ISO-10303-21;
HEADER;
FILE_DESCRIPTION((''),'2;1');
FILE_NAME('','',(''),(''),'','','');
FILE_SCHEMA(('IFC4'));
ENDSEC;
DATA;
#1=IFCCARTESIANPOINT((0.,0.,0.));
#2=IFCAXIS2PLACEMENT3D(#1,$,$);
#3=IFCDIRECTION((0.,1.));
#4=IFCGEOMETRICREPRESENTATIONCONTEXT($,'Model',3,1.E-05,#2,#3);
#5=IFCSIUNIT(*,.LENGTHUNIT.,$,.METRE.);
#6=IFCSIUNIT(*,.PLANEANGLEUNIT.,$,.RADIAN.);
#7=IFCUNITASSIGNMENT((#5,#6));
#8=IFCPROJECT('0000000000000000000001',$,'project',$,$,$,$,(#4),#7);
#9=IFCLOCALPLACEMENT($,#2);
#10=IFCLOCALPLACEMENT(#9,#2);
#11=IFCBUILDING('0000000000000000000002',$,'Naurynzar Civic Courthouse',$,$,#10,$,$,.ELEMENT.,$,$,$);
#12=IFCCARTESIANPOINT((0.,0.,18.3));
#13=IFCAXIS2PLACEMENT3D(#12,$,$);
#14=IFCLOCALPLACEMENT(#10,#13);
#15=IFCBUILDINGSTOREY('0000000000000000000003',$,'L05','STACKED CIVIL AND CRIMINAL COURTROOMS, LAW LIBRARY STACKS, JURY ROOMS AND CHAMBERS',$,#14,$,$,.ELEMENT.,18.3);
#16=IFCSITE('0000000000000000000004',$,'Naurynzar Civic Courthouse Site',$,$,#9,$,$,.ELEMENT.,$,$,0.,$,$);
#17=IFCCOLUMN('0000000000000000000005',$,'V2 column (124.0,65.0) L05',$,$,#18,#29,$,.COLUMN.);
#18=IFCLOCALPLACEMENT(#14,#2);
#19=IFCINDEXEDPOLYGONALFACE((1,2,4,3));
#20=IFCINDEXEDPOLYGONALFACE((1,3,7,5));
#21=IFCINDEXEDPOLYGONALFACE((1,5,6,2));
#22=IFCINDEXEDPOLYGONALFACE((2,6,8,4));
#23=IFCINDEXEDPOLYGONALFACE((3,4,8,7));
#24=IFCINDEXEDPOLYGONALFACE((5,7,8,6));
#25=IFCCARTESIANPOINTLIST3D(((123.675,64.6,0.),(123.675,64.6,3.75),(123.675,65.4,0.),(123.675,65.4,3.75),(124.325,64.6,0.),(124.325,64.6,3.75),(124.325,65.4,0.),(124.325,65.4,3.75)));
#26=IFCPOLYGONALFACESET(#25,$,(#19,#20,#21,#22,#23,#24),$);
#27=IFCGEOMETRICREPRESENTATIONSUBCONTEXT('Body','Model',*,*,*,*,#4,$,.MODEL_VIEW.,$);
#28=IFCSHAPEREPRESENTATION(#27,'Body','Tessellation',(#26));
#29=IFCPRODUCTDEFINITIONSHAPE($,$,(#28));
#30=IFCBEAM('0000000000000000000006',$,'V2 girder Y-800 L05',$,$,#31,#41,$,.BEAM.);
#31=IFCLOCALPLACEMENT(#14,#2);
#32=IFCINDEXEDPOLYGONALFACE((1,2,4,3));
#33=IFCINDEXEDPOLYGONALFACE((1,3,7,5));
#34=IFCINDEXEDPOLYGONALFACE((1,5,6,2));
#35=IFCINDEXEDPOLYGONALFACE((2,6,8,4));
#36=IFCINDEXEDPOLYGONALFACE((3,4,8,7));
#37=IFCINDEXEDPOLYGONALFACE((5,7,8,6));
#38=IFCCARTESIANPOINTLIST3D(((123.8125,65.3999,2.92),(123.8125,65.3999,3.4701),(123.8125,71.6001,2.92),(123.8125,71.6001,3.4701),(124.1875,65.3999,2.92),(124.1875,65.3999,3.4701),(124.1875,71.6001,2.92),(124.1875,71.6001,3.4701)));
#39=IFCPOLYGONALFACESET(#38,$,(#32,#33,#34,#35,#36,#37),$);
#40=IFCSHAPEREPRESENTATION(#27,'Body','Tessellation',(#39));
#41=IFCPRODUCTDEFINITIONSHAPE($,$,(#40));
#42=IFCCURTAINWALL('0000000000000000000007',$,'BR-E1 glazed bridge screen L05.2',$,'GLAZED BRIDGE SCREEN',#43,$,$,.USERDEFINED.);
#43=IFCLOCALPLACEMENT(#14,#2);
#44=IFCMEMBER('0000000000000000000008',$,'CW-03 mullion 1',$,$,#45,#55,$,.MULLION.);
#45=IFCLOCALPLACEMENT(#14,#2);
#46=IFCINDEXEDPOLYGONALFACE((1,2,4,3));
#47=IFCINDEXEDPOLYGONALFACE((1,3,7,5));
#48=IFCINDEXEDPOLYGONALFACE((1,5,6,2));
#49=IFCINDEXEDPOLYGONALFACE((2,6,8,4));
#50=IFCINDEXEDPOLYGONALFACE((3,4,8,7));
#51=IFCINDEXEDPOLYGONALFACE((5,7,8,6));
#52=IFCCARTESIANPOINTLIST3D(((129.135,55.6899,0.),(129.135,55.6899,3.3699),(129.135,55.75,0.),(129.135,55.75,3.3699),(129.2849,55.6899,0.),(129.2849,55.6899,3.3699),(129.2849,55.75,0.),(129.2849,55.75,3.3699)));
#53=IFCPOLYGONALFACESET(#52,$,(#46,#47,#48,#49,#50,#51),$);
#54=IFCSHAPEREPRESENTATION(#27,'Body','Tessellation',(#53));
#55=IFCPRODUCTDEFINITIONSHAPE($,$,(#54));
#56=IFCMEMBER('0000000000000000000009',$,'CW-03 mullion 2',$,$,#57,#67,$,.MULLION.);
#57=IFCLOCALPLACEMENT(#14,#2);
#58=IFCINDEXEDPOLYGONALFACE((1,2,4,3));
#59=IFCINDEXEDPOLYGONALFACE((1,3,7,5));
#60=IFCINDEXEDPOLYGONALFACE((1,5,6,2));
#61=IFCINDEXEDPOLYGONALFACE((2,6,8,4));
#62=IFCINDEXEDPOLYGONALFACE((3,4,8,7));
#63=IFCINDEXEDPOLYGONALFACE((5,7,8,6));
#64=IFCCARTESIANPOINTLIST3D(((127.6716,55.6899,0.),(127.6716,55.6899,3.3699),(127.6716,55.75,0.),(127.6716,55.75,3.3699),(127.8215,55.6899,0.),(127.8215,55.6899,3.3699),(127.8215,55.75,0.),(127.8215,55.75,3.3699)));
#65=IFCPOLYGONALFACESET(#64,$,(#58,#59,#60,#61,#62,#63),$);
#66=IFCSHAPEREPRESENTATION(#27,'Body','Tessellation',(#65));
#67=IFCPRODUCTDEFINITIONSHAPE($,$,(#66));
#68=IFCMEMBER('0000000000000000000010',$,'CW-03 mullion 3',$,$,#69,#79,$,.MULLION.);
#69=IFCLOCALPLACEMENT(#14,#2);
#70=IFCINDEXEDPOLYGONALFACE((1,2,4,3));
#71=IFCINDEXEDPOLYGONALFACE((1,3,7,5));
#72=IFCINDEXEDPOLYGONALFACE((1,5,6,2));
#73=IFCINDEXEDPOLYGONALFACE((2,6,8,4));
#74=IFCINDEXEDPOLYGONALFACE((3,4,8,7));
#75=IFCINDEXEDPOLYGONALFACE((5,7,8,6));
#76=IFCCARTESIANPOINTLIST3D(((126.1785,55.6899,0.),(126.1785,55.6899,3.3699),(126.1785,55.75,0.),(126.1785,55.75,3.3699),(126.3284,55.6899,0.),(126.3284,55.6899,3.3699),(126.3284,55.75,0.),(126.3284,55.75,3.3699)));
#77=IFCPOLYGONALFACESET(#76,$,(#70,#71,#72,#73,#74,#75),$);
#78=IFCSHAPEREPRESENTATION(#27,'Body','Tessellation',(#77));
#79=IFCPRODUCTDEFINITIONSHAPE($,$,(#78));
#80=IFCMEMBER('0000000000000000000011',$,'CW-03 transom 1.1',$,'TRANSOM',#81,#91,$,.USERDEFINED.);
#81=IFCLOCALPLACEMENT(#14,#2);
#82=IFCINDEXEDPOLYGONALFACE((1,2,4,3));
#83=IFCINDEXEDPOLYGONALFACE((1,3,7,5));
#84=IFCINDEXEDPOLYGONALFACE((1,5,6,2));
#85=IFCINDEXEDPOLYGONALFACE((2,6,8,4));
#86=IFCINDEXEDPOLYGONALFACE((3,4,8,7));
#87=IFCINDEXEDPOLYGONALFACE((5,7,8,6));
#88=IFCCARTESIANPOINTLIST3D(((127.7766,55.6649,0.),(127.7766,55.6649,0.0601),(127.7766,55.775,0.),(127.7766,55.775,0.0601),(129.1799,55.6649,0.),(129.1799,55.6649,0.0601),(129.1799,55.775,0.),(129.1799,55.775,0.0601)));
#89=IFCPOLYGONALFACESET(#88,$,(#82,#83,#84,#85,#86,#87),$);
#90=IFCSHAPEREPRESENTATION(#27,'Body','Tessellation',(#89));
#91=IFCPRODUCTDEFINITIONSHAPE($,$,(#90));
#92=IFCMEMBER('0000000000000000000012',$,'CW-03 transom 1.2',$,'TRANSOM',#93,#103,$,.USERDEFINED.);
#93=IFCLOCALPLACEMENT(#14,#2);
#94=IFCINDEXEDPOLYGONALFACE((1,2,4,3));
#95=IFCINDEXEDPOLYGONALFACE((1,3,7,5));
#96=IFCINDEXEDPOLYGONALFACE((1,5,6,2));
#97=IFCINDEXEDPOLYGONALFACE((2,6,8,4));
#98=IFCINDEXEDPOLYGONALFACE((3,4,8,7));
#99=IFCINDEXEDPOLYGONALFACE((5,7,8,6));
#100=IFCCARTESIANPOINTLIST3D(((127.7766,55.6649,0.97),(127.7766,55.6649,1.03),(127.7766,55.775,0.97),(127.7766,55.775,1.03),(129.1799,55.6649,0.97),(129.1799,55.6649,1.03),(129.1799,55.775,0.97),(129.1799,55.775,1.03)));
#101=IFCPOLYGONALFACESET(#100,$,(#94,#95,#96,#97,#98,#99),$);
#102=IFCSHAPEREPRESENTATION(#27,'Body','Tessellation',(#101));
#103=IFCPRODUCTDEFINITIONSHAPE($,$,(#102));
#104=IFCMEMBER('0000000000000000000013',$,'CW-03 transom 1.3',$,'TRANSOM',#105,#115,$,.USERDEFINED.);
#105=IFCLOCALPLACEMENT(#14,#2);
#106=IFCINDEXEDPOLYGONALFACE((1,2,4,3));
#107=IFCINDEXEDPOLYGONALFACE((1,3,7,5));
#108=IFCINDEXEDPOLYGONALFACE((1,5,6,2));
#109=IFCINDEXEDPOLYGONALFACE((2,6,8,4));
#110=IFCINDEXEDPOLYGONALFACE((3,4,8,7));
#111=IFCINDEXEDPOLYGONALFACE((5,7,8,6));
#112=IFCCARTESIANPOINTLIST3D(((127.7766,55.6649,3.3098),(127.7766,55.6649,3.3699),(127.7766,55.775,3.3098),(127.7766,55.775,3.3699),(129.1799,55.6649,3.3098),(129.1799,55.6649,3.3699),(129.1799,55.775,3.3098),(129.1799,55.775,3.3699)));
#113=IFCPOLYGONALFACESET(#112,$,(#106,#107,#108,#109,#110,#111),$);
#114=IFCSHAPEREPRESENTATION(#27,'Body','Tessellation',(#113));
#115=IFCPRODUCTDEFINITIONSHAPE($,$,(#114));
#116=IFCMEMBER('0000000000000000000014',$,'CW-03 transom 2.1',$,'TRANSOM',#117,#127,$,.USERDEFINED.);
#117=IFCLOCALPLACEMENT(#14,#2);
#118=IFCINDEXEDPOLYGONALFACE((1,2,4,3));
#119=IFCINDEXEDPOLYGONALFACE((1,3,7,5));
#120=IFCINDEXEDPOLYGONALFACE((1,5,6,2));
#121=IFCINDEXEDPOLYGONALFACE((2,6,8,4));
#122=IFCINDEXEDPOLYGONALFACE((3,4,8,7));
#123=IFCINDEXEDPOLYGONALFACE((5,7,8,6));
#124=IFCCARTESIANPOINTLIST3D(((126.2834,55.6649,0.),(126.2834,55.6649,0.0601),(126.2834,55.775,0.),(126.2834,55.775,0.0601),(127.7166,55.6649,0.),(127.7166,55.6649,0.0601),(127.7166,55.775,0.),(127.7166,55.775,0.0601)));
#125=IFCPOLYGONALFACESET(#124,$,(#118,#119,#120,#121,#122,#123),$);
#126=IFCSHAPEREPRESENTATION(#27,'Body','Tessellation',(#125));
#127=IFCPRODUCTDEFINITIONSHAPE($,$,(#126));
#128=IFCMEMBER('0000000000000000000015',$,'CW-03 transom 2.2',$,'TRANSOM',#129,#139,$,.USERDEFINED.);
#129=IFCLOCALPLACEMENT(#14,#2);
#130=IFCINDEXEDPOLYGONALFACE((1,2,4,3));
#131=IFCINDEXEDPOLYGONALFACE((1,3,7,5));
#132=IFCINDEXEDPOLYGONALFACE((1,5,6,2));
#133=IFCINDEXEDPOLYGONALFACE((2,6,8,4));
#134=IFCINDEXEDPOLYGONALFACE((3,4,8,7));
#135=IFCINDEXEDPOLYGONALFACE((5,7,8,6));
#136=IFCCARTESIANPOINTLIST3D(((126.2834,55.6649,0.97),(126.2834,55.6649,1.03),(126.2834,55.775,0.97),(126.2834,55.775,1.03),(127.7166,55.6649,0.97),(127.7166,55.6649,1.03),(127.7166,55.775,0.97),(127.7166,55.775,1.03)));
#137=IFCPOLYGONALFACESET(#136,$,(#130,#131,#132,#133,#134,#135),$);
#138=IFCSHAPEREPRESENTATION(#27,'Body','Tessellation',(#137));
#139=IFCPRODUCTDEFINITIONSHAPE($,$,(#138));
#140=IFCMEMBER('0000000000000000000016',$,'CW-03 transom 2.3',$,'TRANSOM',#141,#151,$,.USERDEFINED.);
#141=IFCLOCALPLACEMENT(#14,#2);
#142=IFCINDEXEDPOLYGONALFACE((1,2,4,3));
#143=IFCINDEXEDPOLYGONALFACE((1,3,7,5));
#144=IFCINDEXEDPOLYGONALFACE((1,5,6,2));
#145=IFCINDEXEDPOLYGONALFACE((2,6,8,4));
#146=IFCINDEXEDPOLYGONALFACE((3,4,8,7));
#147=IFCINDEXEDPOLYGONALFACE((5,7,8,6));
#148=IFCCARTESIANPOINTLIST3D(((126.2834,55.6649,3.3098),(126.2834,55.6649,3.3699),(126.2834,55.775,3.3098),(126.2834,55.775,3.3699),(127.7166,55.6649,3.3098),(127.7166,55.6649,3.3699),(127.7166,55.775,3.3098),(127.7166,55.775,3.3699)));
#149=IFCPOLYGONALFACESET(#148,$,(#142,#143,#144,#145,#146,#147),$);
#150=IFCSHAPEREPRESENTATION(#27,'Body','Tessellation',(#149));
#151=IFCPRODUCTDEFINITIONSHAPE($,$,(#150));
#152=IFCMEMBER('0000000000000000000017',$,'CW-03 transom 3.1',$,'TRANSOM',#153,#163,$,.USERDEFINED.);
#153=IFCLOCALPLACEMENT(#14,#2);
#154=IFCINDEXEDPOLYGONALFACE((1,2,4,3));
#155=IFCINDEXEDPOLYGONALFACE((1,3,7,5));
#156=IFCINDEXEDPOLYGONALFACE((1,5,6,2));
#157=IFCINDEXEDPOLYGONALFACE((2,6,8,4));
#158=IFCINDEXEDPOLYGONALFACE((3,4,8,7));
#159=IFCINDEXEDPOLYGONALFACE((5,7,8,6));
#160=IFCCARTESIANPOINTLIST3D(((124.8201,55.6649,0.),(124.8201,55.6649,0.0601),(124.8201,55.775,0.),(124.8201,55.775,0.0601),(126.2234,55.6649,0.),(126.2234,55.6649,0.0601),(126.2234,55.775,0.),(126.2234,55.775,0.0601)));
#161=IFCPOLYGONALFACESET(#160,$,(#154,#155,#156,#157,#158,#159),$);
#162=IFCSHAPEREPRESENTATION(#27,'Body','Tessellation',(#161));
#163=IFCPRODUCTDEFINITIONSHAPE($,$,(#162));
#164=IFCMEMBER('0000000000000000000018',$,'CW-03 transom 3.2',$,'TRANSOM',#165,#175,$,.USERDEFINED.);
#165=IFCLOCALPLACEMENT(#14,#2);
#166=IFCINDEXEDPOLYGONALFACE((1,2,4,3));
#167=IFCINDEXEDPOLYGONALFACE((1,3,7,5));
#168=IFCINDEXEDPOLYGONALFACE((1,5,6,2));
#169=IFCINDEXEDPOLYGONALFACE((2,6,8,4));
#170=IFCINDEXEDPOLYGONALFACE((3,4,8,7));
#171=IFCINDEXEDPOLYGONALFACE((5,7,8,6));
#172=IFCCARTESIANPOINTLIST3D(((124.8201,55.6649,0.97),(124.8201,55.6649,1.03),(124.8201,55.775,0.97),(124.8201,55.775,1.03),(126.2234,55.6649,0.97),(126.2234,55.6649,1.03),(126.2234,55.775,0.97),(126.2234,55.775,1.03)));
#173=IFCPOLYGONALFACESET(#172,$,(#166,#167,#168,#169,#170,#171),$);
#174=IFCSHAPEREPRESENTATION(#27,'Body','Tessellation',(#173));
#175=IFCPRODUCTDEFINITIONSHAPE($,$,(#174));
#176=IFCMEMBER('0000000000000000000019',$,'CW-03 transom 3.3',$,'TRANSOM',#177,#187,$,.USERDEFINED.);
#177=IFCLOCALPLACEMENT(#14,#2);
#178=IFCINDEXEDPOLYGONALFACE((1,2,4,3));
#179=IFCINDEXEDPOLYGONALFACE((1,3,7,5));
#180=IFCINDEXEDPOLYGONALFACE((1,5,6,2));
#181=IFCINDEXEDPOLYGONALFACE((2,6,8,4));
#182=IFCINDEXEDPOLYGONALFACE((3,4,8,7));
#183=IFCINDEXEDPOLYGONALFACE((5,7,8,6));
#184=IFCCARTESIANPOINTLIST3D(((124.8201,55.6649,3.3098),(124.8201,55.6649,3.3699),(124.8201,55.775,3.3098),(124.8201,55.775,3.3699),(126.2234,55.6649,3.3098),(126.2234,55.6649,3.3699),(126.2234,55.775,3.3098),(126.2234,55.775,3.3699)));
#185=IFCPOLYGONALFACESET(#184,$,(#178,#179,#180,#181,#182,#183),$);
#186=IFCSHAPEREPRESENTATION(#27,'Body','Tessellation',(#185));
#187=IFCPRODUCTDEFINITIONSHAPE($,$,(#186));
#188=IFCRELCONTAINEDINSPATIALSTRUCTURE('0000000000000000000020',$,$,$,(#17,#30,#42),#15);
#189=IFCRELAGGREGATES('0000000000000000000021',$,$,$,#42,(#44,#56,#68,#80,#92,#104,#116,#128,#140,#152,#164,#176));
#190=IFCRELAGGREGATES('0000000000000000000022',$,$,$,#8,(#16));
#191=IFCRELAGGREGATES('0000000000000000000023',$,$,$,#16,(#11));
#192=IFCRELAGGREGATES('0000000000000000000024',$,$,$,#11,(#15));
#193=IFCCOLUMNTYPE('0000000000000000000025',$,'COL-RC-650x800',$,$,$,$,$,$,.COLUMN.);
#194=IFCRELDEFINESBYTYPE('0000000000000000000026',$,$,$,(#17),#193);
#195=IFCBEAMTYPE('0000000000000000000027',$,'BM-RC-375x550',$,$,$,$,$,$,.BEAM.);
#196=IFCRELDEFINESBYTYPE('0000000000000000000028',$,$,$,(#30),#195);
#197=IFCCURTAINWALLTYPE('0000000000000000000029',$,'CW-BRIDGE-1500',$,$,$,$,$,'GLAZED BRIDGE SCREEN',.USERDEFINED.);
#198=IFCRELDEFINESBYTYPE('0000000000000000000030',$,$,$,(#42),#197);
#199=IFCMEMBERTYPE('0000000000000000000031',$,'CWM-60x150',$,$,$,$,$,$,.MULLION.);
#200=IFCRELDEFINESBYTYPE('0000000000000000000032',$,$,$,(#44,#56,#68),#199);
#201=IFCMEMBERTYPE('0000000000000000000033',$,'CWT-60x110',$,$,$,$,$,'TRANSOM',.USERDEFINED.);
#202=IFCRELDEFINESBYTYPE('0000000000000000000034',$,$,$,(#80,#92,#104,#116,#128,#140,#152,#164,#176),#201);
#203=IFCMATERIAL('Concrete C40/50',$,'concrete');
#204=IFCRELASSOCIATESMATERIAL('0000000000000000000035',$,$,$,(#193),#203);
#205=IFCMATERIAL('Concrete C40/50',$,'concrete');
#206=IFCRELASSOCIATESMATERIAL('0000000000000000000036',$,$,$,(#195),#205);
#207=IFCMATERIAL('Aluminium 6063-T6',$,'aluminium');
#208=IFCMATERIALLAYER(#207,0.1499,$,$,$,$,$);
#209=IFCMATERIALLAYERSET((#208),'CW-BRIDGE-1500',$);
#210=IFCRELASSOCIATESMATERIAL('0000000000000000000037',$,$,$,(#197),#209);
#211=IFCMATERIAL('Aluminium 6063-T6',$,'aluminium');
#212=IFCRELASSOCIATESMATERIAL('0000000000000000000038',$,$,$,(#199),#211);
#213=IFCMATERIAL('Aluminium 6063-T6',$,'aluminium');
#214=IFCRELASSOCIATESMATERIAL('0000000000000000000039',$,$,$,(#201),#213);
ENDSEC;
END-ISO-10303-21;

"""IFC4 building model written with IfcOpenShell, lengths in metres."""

from ifc_helpers import new_model, si_unit, direction, frame, origin, origin_2d, place, context, subcontext, project, spatial, rectangle, extrude, material, layer, layer_set, material_profile, profile_set, type_object, element, aggregate, save


model = new_model("IFC4")

# Units and contexts
model_context = context("Model", 3, precision=1e-05, world=origin(), true_north=direction((0.0, 1.0)))
body_context = subcontext(model_context, "Body", "Model", "MODEL_VIEW")
ifc_project = project(units=[si_unit("LENGTHUNIT", "METRE"), si_unit("PLANEANGLEUNIT", "RADIAN")], contexts=[model_context])

# Site, building, storey
site_placement = place(None, origin())
site = spatial("IfcSite", under=ifc_project, at=site_placement, Name="Naurynzar Civic Courthouse Site", CompositionType="ELEMENT", RefElevation=0.0)
building_placement = place(site_placement, origin())
building = spatial("IfcBuilding", under=site, at=building_placement, Name="Naurynzar Civic Courthouse", CompositionType="ELEMENT")
storey_placement = place(building_placement, frame((0.0, 0.0, 18.3)))
storey = spatial("IfcBuildingStorey", under=building, at=storey_placement, Name="L05", Description="STACKED CIVIL AND CRIMINAL COURTROOMS, LAW LIBRARY STACKS, JURY ROOMS AND CHAMBERS", CompositionType="ELEMENT", Elevation=18.3)

# Column
ifc_material_1 = material(Name="Concrete C40/50", Category="concrete")
ifc_material_profile_1 = material_profile(ifc_material_1, rectangle(XDim=0.6499, YDim=0.8, at=origin_2d()), Name="RC 650x800")
ifc_profile_set_1 = profile_set([ifc_material_profile_1], Name="Concrete C40/50")
column_type = type_object("IfcColumnType", Name="COL-RC-650x800", PredefinedType="COLUMN", material=ifc_profile_set_1)
column_placement = place(storey_placement, frame((124.0, 65.0, 0.0), z_axis=(0.0, 0.0, 1.0), x_axis=(1.0, 0.0, 0.0)))
element("IfcColumn", 1, at=column_placement, inside=storey, type_object=column_type, Name="V2 column (124.0,65.0) L05", PredefinedType="COLUMN", context=body_context, shape_type="SweptSolid", body=[
    extrude(rectangle(XDim=0.6499, YDim=0.8, at=origin_2d()), origin(), (0.0, 0.0, 1.0), 3.75),
])

# Beam
ifc_material_2 = material(Name="Concrete C40/50", Category="concrete")
ifc_material_profile_2 = material_profile(ifc_material_2, rectangle(XDim=0.375, YDim=0.55, at=origin_2d()), Name="RCB 375x550")
ifc_profile_set_2 = profile_set([ifc_material_profile_2], Name="Concrete C40/50")
beam_type = type_object("IfcBeamType", Name="BM-RC-375x550", PredefinedType="BEAM", material=ifc_profile_set_2)
beam_placement = place(storey_placement, frame((124.0, 65.3999, 3.1951), z_axis=(0.0, 1.0, 0.0), x_axis=(-1.0, 0.0, 0.0)))
element("IfcBeam", 2, at=beam_placement, inside=storey, type_object=beam_type, Name="V2 girder Y-800 L05", PredefinedType="BEAM", context=body_context, shape_type="SweptSolid", body=[
    extrude(rectangle(XDim=0.375, YDim=0.55, at=origin_2d()), origin(), (0.0, 0.0, 1.0), 6.2002),
])

# Curtain wall, members
ifc_material_3 = material(Name="Aluminium 6063-T6", Category="aluminium")
ifc_layer_1 = layer(ifc_material_3, 0.1499)
ifc_layer_set_1 = layer_set([ifc_layer_1], Name="CW-BRIDGE-1500")
curtain_wall_type = type_object("IfcCurtainWallType", Name="CW-BRIDGE-1500", ElementType="GLAZED BRIDGE SCREEN", PredefinedType="USERDEFINED", material=ifc_layer_set_1)
curtain_wall_placement = place(storey_placement, origin())
curtain_wall = element("IfcCurtainWall", 3, at=curtain_wall_placement, inside=storey, type_object=curtain_wall_type, Name="BR-E1 glazed bridge screen L05.2", ObjectType="GLAZED BRIDGE SCREEN", PredefinedType="USERDEFINED")
ifc_material_4 = material(Name="Aluminium 6063-T6", Category="aluminium")
ifc_material_profile_3 = material_profile(ifc_material_4, rectangle(XDim=0.0601, YDim=0.1499, at=origin_2d()), Name="ALU MULLION 60x150")
ifc_profile_set_3 = profile_set([ifc_material_profile_3], Name="Aluminium 6063-T6")
member_type_1 = type_object("IfcMemberType", Name="CWM-60x150", PredefinedType="MULLION", material=ifc_profile_set_3)
member_1_placement = place(storey_placement, frame((129.21, 55.72, 0.0), z_axis=(0.0, 0.0, 1.0), x_axis=(0.0, -1.0, 0.0)))
member_1 = element("IfcMember", 4, at=member_1_placement, type_object=member_type_1, Name="CW-03 mullion 1", PredefinedType="MULLION", context=body_context, shape_type="SweptSolid", body=[
    extrude(rectangle(XDim=0.0601, YDim=0.1499, at=origin_2d()), origin(), (0.0, 0.0, 1.0), 3.3699),
])
member_2_placement = place(storey_placement, frame((127.7466, 55.72, 0.0), z_axis=(0.0, 0.0, 1.0), x_axis=(0.0, -1.0, 0.0)))
member_2 = element("IfcMember", 5, at=member_2_placement, type_object=member_type_1, Name="CW-03 mullion 2", PredefinedType="MULLION", context=body_context, shape_type="SweptSolid", body=[
    extrude(rectangle(XDim=0.0601, YDim=0.1499, at=origin_2d()), origin(), (0.0, 0.0, 1.0), 3.3699),
])
member_3_placement = place(storey_placement, frame((126.2534, 55.72, 0.0), z_axis=(0.0, 0.0, 1.0), x_axis=(0.0, -1.0, 0.0)))
member_3 = element("IfcMember", 6, at=member_3_placement, type_object=member_type_1, Name="CW-03 mullion 3", PredefinedType="MULLION", context=body_context, shape_type="SweptSolid", body=[
    extrude(rectangle(XDim=0.0601, YDim=0.1499, at=origin_2d()), origin(), (0.0, 0.0, 1.0), 3.3699),
])
ifc_material_5 = material(Name="Aluminium 6063-T6", Category="aluminium")
ifc_material_profile_4 = material_profile(ifc_material_5, rectangle(XDim=0.1101, YDim=0.0601, at=origin_2d()), Name="ALU TRANSOM 60x110")
ifc_profile_set_4 = profile_set([ifc_material_profile_4], Name="Aluminium 6063-T6")
member_type_2 = type_object("IfcMemberType", Name="CWT-60x110", ElementType="TRANSOM", PredefinedType="USERDEFINED", material=ifc_profile_set_4)
member_4_placement = place(storey_placement, frame((129.1799, 55.72, 0.03), z_axis=(-1.0, 0.0, 0.0), x_axis=(0.0, -1.0, 0.0)))
member_4 = element("IfcMember", 7, at=member_4_placement, type_object=member_type_2, Name="CW-03 transom 1.1", ObjectType="TRANSOM", PredefinedType="USERDEFINED", context=body_context, shape_type="SweptSolid", body=[
    extrude(rectangle(XDim=0.1101, YDim=0.0601, at=origin_2d()), origin(), (0.0, 0.0, 1.0), 1.4033),
])
member_5_placement = place(storey_placement, frame((129.1799, 55.72, 1.0), z_axis=(-1.0, 0.0, 0.0), x_axis=(0.0, -1.0, 0.0)))
member_5 = element("IfcMember", 8, at=member_5_placement, type_object=member_type_2, Name="CW-03 transom 1.2", ObjectType="TRANSOM", PredefinedType="USERDEFINED", context=body_context, shape_type="SweptSolid", body=[
    extrude(rectangle(XDim=0.1101, YDim=0.0601, at=origin_2d()), origin(), (0.0, 0.0, 1.0), 1.4033),
])
member_6_placement = place(storey_placement, frame((129.1799, 55.72, 3.3398), z_axis=(-1.0, 0.0, 0.0), x_axis=(0.0, -1.0, 0.0)))
member_6 = element("IfcMember", 9, at=member_6_placement, type_object=member_type_2, Name="CW-03 transom 1.3", ObjectType="TRANSOM", PredefinedType="USERDEFINED", context=body_context, shape_type="SweptSolid", body=[
    extrude(rectangle(XDim=0.1101, YDim=0.0601, at=origin_2d()), origin(), (0.0, 0.0, 1.0), 1.4033),
])
member_7_placement = place(storey_placement, frame((127.7166, 55.72, 0.03), z_axis=(-1.0, 0.0, 0.0), x_axis=(0.0, -1.0, 0.0)))
member_7 = element("IfcMember", 10, at=member_7_placement, type_object=member_type_2, Name="CW-03 transom 2.1", ObjectType="TRANSOM", PredefinedType="USERDEFINED", context=body_context, shape_type="SweptSolid", body=[
    extrude(rectangle(XDim=0.1101, YDim=0.0601, at=origin_2d()), origin(), (0.0, 0.0, 1.0), 1.4331),
])
member_8_placement = place(storey_placement, frame((127.7166, 55.72, 1.0), z_axis=(-1.0, 0.0, 0.0), x_axis=(0.0, -1.0, 0.0)))
member_8 = element("IfcMember", 11, at=member_8_placement, type_object=member_type_2, Name="CW-03 transom 2.2", ObjectType="TRANSOM", PredefinedType="USERDEFINED", context=body_context, shape_type="SweptSolid", body=[
    extrude(rectangle(XDim=0.1101, YDim=0.0601, at=origin_2d()), origin(), (0.0, 0.0, 1.0), 1.4331),
])
member_9_placement = place(storey_placement, frame((127.7166, 55.72, 3.3398), z_axis=(-1.0, 0.0, 0.0), x_axis=(0.0, -1.0, 0.0)))
member_9 = element("IfcMember", 12, at=member_9_placement, type_object=member_type_2, Name="CW-03 transom 2.3", ObjectType="TRANSOM", PredefinedType="USERDEFINED", context=body_context, shape_type="SweptSolid", body=[
    extrude(rectangle(XDim=0.1101, YDim=0.0601, at=origin_2d()), origin(), (0.0, 0.0, 1.0), 1.4331),
])
member_10_placement = place(storey_placement, frame((126.2234, 55.72, 0.03), z_axis=(-1.0, 0.0, 0.0), x_axis=(0.0, -1.0, 0.0)))
member_10 = element("IfcMember", 13, at=member_10_placement, type_object=member_type_2, Name="CW-03 transom 3.1", ObjectType="TRANSOM", PredefinedType="USERDEFINED", context=body_context, shape_type="SweptSolid", body=[
    extrude(rectangle(XDim=0.1101, YDim=0.0601, at=origin_2d()), origin(), (0.0, 0.0, 1.0), 1.4033),
])
member_11_placement = place(storey_placement, frame((126.2234, 55.72, 1.0), z_axis=(-1.0, 0.0, 0.0), x_axis=(0.0, -1.0, 0.0)))
member_11 = element("IfcMember", 14, at=member_11_placement, type_object=member_type_2, Name="CW-03 transom 3.2", ObjectType="TRANSOM", PredefinedType="USERDEFINED", context=body_context, shape_type="SweptSolid", body=[
    extrude(rectangle(XDim=0.1101, YDim=0.0601, at=origin_2d()), origin(), (0.0, 0.0, 1.0), 1.4033),
])
member_12_placement = place(storey_placement, frame((126.2234, 55.72, 3.3398), z_axis=(-1.0, 0.0, 0.0), x_axis=(0.0, -1.0, 0.0)))
member_12 = element("IfcMember", 15, at=member_12_placement, type_object=member_type_2, Name="CW-03 transom 3.3", ObjectType="TRANSOM", PredefinedType="USERDEFINED", context=body_context, shape_type="SweptSolid", body=[
    extrude(rectangle(XDim=0.1101, YDim=0.0601, at=origin_2d()), origin(), (0.0, 0.0, 1.0), 1.4033),
])
aggregate(curtain_wall, [member_1, member_2, member_3, member_4, member_5, member_6, member_7, member_8, member_9, member_10, member_11, member_12])

save(model, "model.ifc")
